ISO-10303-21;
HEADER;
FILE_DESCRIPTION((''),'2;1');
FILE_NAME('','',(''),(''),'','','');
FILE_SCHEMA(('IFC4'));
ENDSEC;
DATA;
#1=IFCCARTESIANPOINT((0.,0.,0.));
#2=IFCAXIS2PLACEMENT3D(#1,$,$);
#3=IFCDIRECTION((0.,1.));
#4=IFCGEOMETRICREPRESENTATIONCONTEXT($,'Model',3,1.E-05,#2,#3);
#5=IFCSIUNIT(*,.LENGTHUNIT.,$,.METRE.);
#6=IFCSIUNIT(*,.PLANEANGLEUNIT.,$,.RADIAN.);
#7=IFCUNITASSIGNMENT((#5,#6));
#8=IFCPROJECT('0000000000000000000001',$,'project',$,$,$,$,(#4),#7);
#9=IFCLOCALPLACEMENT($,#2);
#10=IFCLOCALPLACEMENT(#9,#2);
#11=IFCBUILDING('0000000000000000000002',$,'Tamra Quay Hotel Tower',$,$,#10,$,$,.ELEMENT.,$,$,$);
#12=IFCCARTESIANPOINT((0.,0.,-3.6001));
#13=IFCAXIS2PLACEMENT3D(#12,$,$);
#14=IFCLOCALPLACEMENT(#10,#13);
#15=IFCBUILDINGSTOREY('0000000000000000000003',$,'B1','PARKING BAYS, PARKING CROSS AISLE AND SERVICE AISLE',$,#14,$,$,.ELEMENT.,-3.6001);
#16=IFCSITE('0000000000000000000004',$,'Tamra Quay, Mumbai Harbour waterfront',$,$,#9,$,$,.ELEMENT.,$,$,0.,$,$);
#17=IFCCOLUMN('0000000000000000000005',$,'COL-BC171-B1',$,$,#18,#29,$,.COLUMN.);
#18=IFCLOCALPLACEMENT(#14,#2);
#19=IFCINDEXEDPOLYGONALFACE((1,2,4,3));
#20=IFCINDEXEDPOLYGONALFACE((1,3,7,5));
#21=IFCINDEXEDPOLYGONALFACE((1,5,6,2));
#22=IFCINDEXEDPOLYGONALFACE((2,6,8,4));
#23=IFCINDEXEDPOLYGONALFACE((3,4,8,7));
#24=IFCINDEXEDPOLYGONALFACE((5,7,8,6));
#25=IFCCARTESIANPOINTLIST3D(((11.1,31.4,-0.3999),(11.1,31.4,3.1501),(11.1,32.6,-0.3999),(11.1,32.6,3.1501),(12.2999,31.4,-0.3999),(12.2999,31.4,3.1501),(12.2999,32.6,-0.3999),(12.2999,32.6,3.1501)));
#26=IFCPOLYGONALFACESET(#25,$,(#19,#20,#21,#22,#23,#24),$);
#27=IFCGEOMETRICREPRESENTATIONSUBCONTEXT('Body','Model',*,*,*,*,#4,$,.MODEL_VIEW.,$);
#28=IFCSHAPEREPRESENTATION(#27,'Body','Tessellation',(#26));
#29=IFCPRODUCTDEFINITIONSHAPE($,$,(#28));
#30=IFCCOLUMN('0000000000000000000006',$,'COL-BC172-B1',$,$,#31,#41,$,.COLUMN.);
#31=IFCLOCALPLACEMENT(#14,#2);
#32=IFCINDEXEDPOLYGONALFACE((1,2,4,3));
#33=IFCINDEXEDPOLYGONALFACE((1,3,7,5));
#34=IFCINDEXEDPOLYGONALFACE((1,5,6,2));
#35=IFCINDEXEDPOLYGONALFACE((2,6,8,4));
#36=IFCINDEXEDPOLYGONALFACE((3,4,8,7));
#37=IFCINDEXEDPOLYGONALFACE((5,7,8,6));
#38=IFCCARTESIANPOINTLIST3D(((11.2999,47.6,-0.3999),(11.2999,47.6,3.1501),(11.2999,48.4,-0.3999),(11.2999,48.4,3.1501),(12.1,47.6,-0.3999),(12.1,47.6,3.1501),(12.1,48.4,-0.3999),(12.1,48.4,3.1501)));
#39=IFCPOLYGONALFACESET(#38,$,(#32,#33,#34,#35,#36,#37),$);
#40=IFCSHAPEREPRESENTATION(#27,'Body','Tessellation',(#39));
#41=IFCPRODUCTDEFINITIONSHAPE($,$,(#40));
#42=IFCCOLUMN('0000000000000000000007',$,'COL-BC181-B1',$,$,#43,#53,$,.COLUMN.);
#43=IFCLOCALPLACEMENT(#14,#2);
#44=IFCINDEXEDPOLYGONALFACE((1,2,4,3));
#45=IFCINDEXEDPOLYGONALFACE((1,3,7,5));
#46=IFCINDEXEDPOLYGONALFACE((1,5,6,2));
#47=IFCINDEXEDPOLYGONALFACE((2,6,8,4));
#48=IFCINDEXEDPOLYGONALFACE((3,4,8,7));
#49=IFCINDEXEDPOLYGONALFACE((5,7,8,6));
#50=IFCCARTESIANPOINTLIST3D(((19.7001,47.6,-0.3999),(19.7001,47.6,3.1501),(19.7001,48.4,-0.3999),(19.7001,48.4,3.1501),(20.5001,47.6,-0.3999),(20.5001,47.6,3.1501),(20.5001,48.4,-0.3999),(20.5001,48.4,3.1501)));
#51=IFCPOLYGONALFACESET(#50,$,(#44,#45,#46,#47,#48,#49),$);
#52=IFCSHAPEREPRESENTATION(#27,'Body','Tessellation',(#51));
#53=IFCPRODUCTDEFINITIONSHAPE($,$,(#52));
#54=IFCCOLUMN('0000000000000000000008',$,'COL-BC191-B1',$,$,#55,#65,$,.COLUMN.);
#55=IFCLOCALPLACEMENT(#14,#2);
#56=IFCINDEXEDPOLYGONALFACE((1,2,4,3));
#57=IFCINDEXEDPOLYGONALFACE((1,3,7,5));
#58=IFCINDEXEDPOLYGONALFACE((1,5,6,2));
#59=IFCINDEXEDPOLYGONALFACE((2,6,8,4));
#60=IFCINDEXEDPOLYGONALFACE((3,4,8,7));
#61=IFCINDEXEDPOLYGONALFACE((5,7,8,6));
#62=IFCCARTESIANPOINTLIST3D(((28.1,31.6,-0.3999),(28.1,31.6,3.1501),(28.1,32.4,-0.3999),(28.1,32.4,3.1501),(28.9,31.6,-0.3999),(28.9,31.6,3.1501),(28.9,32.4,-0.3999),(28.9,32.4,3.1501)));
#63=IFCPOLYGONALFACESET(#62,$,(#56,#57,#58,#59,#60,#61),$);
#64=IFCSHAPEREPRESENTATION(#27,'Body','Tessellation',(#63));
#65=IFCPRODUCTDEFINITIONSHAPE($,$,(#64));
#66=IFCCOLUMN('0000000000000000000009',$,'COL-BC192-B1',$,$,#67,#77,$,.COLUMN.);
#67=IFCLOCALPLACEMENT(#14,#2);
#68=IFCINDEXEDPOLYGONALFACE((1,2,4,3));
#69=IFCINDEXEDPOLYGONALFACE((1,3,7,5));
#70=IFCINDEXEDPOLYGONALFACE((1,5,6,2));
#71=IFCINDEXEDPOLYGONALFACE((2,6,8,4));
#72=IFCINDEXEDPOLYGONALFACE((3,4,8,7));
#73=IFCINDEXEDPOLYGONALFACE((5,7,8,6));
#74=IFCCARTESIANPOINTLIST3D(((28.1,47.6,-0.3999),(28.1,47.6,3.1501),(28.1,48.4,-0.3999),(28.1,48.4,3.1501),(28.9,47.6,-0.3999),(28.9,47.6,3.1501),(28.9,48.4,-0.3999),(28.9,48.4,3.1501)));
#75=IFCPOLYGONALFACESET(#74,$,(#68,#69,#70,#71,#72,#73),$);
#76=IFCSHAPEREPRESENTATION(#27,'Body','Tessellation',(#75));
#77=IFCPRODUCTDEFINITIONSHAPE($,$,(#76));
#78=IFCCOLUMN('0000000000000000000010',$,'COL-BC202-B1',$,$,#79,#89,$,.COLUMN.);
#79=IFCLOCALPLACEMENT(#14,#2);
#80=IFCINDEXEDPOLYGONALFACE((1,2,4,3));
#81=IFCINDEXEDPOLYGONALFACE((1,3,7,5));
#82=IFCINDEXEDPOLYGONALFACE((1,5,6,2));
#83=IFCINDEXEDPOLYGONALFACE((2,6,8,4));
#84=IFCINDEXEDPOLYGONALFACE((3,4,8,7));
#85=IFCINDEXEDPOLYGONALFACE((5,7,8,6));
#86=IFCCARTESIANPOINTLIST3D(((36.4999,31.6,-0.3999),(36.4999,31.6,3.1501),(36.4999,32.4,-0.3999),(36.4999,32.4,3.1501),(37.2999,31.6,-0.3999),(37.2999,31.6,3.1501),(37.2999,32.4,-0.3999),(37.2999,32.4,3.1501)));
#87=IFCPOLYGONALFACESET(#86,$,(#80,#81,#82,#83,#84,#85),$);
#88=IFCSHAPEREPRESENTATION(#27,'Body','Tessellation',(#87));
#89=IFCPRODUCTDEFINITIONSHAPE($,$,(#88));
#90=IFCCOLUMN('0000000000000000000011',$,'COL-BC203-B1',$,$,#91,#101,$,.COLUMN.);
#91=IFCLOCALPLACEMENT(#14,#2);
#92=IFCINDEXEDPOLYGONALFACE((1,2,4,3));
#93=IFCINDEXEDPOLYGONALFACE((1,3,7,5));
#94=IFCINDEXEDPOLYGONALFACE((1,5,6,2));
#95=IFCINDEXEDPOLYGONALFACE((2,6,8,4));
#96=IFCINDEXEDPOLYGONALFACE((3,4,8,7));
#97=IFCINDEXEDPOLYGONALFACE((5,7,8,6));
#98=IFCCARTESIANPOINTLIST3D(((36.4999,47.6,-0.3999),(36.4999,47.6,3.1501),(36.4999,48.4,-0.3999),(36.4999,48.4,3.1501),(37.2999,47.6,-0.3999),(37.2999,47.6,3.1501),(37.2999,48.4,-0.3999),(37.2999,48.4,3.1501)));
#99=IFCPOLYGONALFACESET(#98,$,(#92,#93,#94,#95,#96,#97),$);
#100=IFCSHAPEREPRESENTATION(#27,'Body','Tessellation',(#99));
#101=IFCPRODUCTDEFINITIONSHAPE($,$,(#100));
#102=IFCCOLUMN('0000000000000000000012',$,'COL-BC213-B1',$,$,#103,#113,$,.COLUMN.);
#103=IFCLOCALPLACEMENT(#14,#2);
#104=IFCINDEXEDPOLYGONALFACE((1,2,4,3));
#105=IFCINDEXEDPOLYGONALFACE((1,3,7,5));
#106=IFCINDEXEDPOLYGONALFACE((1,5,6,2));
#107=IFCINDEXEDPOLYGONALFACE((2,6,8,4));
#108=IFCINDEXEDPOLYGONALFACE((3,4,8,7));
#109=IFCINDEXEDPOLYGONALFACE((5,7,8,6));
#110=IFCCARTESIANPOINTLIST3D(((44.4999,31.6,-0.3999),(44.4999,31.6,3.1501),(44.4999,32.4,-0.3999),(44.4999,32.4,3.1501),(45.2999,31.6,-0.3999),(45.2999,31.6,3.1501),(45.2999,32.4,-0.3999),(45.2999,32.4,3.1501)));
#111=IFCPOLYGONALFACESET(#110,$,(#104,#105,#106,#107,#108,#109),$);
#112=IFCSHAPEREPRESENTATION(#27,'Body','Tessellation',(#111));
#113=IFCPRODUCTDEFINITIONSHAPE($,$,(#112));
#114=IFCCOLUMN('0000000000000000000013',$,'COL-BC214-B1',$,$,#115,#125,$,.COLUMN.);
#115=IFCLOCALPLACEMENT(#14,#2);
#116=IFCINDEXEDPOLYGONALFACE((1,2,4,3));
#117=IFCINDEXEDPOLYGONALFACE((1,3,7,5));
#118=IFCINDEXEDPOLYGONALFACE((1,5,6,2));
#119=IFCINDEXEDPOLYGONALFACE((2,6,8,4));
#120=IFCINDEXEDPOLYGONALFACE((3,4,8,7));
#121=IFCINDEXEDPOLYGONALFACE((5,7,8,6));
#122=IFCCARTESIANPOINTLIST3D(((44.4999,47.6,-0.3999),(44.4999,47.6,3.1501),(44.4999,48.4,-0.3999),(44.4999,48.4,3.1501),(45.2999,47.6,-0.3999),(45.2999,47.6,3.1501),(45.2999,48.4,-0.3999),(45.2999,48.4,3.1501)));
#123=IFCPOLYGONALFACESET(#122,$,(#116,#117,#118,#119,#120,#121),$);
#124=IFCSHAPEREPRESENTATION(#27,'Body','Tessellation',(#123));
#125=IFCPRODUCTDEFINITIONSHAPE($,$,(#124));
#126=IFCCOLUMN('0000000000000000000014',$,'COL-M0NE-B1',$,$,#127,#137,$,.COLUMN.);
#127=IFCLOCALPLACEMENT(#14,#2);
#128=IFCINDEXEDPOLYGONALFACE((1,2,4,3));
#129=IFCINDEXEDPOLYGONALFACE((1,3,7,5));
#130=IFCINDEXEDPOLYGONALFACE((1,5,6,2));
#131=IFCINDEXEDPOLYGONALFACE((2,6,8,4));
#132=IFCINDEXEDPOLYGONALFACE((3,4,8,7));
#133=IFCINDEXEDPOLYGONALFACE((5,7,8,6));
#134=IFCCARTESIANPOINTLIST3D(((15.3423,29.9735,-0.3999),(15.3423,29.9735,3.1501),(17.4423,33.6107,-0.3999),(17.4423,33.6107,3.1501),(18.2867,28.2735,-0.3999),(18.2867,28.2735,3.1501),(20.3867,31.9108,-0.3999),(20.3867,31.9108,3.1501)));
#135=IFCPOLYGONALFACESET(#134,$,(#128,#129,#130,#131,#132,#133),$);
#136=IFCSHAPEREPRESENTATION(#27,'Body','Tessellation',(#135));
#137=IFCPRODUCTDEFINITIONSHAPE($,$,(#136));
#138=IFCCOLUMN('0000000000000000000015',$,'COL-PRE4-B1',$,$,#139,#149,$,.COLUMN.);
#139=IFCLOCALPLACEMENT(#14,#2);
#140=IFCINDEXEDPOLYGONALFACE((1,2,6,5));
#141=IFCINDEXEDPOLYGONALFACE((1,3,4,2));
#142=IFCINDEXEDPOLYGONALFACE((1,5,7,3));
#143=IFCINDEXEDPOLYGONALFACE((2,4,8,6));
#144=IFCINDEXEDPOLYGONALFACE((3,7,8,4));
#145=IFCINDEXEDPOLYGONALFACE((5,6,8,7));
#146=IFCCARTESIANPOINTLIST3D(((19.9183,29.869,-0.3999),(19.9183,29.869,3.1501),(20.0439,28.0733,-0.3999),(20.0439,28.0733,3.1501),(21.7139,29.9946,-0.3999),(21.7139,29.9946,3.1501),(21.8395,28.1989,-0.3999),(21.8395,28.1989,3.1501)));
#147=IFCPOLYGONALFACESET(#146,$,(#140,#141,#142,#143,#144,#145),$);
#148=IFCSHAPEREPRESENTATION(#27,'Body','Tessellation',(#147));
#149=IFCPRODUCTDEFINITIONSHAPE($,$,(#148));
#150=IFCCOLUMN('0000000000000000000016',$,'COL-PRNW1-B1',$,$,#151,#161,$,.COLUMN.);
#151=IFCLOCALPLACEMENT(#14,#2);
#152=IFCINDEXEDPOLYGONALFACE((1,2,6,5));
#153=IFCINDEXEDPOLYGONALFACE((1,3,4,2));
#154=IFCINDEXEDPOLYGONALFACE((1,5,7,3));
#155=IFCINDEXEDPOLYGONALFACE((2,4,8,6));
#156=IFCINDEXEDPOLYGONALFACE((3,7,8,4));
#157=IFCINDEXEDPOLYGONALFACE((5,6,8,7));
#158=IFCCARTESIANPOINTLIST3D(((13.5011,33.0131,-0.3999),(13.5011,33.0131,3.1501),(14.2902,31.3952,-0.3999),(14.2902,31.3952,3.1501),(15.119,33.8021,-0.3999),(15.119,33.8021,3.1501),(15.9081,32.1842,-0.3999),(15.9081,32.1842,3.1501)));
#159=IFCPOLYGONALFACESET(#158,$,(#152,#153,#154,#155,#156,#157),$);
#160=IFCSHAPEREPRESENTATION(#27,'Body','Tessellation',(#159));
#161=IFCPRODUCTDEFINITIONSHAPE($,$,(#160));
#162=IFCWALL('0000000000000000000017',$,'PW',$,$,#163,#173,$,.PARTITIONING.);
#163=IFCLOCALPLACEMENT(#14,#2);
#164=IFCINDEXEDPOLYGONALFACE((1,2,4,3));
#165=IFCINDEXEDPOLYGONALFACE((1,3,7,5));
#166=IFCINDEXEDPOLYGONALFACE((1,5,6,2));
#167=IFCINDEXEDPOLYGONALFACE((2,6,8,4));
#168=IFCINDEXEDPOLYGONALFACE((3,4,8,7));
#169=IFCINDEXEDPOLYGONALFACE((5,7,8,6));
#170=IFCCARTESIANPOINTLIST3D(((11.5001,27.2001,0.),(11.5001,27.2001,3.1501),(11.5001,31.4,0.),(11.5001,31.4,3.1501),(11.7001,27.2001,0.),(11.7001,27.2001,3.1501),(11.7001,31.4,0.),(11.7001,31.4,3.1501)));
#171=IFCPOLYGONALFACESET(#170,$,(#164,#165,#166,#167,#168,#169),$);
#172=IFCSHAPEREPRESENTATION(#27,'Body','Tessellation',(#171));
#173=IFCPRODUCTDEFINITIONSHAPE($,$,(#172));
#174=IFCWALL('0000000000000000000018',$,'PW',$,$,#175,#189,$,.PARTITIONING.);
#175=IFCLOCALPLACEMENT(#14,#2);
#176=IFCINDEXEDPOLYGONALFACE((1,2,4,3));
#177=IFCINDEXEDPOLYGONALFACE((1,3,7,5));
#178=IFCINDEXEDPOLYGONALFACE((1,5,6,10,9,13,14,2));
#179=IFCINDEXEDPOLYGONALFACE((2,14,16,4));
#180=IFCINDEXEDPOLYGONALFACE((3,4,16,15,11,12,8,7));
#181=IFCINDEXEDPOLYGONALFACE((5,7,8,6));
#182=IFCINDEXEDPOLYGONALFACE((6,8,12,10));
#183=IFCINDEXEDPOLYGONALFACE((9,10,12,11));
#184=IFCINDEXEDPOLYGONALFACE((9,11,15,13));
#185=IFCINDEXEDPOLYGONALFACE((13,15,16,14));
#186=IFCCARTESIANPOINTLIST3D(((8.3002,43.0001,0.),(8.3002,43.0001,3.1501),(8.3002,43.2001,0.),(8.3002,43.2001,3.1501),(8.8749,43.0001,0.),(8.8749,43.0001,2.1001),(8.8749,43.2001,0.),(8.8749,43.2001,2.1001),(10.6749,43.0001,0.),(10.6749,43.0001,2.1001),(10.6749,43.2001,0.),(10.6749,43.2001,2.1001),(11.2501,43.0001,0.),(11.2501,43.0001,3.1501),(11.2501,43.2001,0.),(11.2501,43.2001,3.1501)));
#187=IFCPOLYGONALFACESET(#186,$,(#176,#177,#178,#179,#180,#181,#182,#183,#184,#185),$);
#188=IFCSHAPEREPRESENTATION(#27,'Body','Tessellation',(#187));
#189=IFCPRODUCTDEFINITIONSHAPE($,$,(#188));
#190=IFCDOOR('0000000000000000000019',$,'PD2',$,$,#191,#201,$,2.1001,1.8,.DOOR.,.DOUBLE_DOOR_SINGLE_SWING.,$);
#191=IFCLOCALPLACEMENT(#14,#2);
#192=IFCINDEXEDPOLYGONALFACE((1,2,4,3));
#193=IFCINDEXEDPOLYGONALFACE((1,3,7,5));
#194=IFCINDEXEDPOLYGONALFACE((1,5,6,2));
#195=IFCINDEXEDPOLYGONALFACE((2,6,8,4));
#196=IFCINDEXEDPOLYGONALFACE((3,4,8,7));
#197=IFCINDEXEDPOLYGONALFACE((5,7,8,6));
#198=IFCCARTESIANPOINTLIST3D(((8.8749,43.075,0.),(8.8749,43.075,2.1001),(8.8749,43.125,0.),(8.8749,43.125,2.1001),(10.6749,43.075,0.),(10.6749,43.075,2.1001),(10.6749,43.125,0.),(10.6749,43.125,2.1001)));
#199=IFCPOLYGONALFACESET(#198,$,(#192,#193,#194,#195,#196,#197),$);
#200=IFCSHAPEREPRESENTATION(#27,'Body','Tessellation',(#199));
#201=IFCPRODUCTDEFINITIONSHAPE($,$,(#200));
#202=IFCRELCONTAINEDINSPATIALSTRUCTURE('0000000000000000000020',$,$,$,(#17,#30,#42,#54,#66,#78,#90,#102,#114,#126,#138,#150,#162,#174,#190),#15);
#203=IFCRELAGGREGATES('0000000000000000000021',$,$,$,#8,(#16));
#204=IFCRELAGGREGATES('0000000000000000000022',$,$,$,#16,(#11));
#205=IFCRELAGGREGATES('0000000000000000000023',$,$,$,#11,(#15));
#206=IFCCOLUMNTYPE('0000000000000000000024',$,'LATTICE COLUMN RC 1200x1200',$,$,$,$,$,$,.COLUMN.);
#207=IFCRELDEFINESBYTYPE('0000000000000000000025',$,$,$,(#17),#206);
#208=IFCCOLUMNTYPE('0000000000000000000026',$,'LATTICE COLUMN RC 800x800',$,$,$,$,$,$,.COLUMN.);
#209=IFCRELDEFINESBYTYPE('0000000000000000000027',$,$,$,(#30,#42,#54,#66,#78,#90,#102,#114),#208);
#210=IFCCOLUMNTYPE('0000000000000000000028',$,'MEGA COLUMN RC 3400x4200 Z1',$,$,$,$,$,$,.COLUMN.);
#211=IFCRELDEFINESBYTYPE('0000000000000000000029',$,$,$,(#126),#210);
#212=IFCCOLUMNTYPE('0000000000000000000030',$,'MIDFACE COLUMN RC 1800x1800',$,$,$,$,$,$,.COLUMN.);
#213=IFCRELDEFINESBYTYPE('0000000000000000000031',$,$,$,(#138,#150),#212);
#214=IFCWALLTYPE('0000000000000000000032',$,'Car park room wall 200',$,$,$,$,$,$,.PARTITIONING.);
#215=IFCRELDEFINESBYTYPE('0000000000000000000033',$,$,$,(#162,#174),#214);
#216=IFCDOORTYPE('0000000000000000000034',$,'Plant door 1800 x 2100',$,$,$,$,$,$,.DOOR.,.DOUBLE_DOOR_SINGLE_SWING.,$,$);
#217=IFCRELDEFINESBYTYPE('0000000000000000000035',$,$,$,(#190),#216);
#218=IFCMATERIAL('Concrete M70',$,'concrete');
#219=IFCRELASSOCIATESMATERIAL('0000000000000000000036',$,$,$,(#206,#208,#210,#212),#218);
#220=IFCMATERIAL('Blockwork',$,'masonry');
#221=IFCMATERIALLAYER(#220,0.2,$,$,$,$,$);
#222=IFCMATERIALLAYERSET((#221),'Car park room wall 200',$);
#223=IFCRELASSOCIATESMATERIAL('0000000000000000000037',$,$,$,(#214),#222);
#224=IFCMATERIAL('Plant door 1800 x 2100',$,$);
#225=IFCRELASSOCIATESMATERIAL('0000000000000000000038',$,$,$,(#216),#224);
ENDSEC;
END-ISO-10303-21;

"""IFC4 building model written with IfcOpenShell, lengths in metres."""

from ifc_helpers import new_model, si_unit, direction, frame, frame_2d, origin, origin_2d, place, context, subcontext, project, spatial, rectangle, extrude, material, layer, layer_set, material_profile, profile_set, type_object, element, fill, save


model = new_model("IFC4")

# Units and contexts
model_context = context("Model", 3, precision=1e-05, world=origin(), true_north=direction((0.0, 1.0)))
body_context = subcontext(model_context, "Body", "Model", "MODEL_VIEW")
ifc_project = project(units=[si_unit("LENGTHUNIT", "METRE"), si_unit("PLANEANGLEUNIT", "RADIAN")], contexts=[model_context])

# Site, building, storey
site_placement = place(None, origin())
site = spatial("IfcSite", under=ifc_project, at=site_placement, Name="Tamra Quay, Mumbai Harbour waterfront", CompositionType="ELEMENT", RefElevation=0.0)
building_placement = place(site_placement, origin())
building = spatial("IfcBuilding", under=site, at=building_placement, Name="Tamra Quay Hotel Tower", CompositionType="ELEMENT")
storey_placement = place(building_placement, frame((0.0, 0.0, -3.6001)))
storey = spatial("IfcBuildingStorey", under=building, at=storey_placement, Name="B1", Description="PARKING BAYS, PARKING CROSS AISLE AND SERVICE AISLE", CompositionType="ELEMENT", Elevation=-3.6001)

# Columns
ifc_material_1 = material(Name="Concrete M70", Category="concrete")
ifc_material_profile_1 = material_profile(ifc_material_1, rectangle(XDim=1.2, YDim=1.2, at=origin_2d()), Name="LATTICE COLUMN RC 1200x1200")
ifc_profile_set_1 = profile_set([ifc_material_profile_1], Name="Concrete M70")
column_type_1 = type_object("IfcColumnType", Name="LATTICE COLUMN RC 1200x1200", PredefinedType="COLUMN", material=ifc_profile_set_1)
column_1_placement = place(storey_placement, frame((11.7, 32.0, -0.3999), z_axis=(0.0, 0.0, 1.0), x_axis=(1.0, 0.0, 0.0)))
element("IfcColumn", 1, at=column_1_placement, inside=storey, type_object=column_type_1, Name="COL-BC171-B1", PredefinedType="COLUMN", context=body_context, shape_type="SweptSolid", body=[
    extrude(rectangle(XDim=1.2, YDim=1.2, at=origin_2d()), origin(), (0.0, 0.0, 1.0), 3.55),
])
ifc_material_profile_2 = material_profile(ifc_material_1, rectangle(XDim=0.8, YDim=0.8, at=origin_2d()), Name="LATTICE COLUMN RC 800x800")
ifc_profile_set_2 = profile_set([ifc_material_profile_2], Name="Concrete M70")
column_type_2 = type_object("IfcColumnType", Name="LATTICE COLUMN RC 800x800", PredefinedType="COLUMN", material=ifc_profile_set_2)
for number, where, z_axis, x_axis, name in (
    (2, (11.7, 48.0, -0.3999), (0.0, 0.0, 1.0), (1.0, 0.0, 0.0), "COL-BC172-B1"),
    (3, (20.1001, 48.0, -0.3999), (0.0, 0.0, 1.0), (1.0, 0.0, 0.0), "COL-BC181-B1"),
    (4, (28.5, 32.0, -0.3999), (0.0, 0.0, 1.0), (1.0, 0.0, 0.0), "COL-BC191-B1"),
    (5, (28.5, 48.0, -0.3999), (0.0, 0.0, 1.0), (1.0, 0.0, 0.0), "COL-BC192-B1"),
    (6, (36.8999, 32.0, -0.3999), (0.0, 0.0, 1.0), (1.0, 0.0, 0.0), "COL-BC202-B1"),
    (7, (36.8999, 48.0, -0.3999), (0.0, 0.0, 1.0), (1.0, 0.0, 0.0), "COL-BC203-B1"),
    (8, (44.8999, 32.0, -0.3999), (0.0, 0.0, 1.0), (1.0, 0.0, 0.0), "COL-BC213-B1"),
    (9, (44.8999, 48.0, -0.3999), (0.0, 0.0, 1.0), (1.0, 0.0, 0.0), "COL-BC214-B1"),
):
    element("IfcColumn", number, at=place(storey_placement, frame(where, z_axis=z_axis, x_axis=x_axis)), inside=storey, type_object=column_type_2, Name=name, PredefinedType="COLUMN", context=body_context, shape_type="SweptSolid", body=[
        extrude(rectangle(XDim=0.8, YDim=0.8, at=origin_2d()), origin(), (0.0, 0.0, 1.0), 3.55),
    ])
ifc_material_profile_3 = material_profile(ifc_material_1, rectangle(XDim=4.2, YDim=3.3999, at=origin_2d()), Name="MEGA COLUMN RC 3400x4200 Z1")
ifc_profile_set_3 = profile_set([ifc_material_profile_3], Name="Concrete M70")
column_type_3 = type_object("IfcColumnType", Name="MEGA COLUMN RC 3400x4200 Z1", PredefinedType="COLUMN", material=ifc_profile_set_3)
column_2_placement = place(storey_placement, frame((17.8645, 30.9421, -0.3999), z_axis=(0.0, 0.0, 1.0), x_axis=(0.5, 0.866025, 0.0)))
element("IfcColumn", 10, at=column_2_placement, inside=storey, type_object=column_type_3, Name="COL-M0NE-B1", PredefinedType="COLUMN", context=body_context, shape_type="SweptSolid", body=[
    extrude(rectangle(XDim=4.2, YDim=3.3999, at=origin_2d()), origin(), (0.0, 0.0, 1.0), 3.55),
])
ifc_material_profile_4 = material_profile(ifc_material_1, rectangle(XDim=1.8, YDim=1.8, at=origin_2d()), Name="MIDFACE COLUMN RC 1800x1800")
ifc_profile_set_4 = profile_set([ifc_material_profile_4], Name="Concrete M70")
column_type_4 = type_object("IfcColumnType", Name="MIDFACE COLUMN RC 1800x1800", PredefinedType="COLUMN", material=ifc_profile_set_4)
for number, where, z_axis, x_axis, name in (
    (11, (20.8789, 29.0339, -0.3999), (0.0, 0.0, 1.0), (0.997562, 0.06979, 0.0), "COL-PRE4-B1"),
    (12, (14.7046, 32.5986, -0.3999), (0.0, 0.0, 1.0), (-0.438341, 0.898809, 0.0), "COL-PRNW1-B1"),
):
    element("IfcColumn", number, at=place(storey_placement, frame(where, z_axis=z_axis, x_axis=x_axis)), inside=storey, type_object=column_type_4, Name=name, PredefinedType="COLUMN", context=body_context, shape_type="SweptSolid", body=[
        extrude(rectangle(XDim=1.8, YDim=1.8, at=origin_2d()), origin(), (0.0, 0.0, 1.0), 3.55),
    ])

# Wall
ifc_material_2 = material(Name="Blockwork", Category="masonry")
ifc_layer_1 = layer(ifc_material_2, 0.2)
ifc_layer_set_1 = layer_set([ifc_layer_1], Name="Car park room wall 200")
wall_type_1 = type_object("IfcWallType", Name="Car park room wall 200", PredefinedType="PARTITIONING", material=ifc_layer_set_1)
wall_1_placement = place(storey_placement, frame((11.6001, 27.2, 0.0), z_axis=(0.0, 0.0, 1.0), x_axis=(0.0, 1.0, 0.0)))
element("IfcWall", 13, at=wall_1_placement, inside=storey, type_object=wall_type_1, Name="PW", PredefinedType="PARTITIONING", context=body_context, shape_type="SweptSolid", body=[
    extrude(rectangle(XDim=4.2, YDim=0.2, at=frame_2d((2.1001, 0.0))), origin(), (0.0, 0.0, 1.0), 3.1501),
])

# Wall, opening, door
wall_2_placement = place(storey_placement, frame((8.3, 43.1001, 0.0), z_axis=(0.0, 0.0, 1.0), x_axis=(1.0, 0.0, 0.0)))
wall_2 = element("IfcWall", 14, at=wall_2_placement, inside=storey, type_object=wall_type_1, Name="PW", PredefinedType="PARTITIONING", context=body_context, shape_type="SweptSolid", body=[
    extrude(rectangle(XDim=2.95, YDim=0.2, at=frame_2d((1.4751, 0.0))), origin(), (0.0, 0.0, 1.0), 3.1501),
])
opening_1_placement = place(wall_2_placement, frame((0.575, 0.0, 0.0)))
opening_1 = element("IfcOpeningElement", 15, at=opening_1_placement, cuts=wall_2, PredefinedType="OPENING", context=body_context, shape_type="SweptSolid", body=[
    extrude(rectangle(XDim=1.8, YDim=2.1001, at=frame_2d((0.8999, 1.05))), frame((0.0, 0.1099, 0.0), z_axis=(0.0, -1.0, 0.0), x_axis=(1.0, 0.0, 0.0)), (0.0, 0.0, 1.0), 0.22),
])
ifc_material_3 = material(Name="Plant door 1800 x 2100")
door_type_1 = type_object("IfcDoorType", Name="Plant door 1800 x 2100", OperationType="DOUBLE_DOOR_SINGLE_SWING", PredefinedType="DOOR", material=ifc_material_3)
door_1_placement = place(opening_1_placement, origin())
door_1 = element("IfcDoor", 16, at=door_1_placement, inside=storey, type_object=door_type_1, Name="PD2", OperationType="DOUBLE_DOOR_SINGLE_SWING", OverallHeight=2.1001, OverallWidth=1.8, PredefinedType="DOOR", context=body_context, shape_type="SweptSolid", body=[
    extrude(rectangle(XDim=1.8, YDim=2.1001, at=frame_2d((0.8999, 1.05))), frame((0.0, 0.0249, 0.0), z_axis=(0.0, -1.0, 0.0), x_axis=(1.0, 0.0, 0.0)), (0.0, 0.0, 1.0), 0.05),
])
fill(opening_1, door_1)

save(model, "model.ifc")
